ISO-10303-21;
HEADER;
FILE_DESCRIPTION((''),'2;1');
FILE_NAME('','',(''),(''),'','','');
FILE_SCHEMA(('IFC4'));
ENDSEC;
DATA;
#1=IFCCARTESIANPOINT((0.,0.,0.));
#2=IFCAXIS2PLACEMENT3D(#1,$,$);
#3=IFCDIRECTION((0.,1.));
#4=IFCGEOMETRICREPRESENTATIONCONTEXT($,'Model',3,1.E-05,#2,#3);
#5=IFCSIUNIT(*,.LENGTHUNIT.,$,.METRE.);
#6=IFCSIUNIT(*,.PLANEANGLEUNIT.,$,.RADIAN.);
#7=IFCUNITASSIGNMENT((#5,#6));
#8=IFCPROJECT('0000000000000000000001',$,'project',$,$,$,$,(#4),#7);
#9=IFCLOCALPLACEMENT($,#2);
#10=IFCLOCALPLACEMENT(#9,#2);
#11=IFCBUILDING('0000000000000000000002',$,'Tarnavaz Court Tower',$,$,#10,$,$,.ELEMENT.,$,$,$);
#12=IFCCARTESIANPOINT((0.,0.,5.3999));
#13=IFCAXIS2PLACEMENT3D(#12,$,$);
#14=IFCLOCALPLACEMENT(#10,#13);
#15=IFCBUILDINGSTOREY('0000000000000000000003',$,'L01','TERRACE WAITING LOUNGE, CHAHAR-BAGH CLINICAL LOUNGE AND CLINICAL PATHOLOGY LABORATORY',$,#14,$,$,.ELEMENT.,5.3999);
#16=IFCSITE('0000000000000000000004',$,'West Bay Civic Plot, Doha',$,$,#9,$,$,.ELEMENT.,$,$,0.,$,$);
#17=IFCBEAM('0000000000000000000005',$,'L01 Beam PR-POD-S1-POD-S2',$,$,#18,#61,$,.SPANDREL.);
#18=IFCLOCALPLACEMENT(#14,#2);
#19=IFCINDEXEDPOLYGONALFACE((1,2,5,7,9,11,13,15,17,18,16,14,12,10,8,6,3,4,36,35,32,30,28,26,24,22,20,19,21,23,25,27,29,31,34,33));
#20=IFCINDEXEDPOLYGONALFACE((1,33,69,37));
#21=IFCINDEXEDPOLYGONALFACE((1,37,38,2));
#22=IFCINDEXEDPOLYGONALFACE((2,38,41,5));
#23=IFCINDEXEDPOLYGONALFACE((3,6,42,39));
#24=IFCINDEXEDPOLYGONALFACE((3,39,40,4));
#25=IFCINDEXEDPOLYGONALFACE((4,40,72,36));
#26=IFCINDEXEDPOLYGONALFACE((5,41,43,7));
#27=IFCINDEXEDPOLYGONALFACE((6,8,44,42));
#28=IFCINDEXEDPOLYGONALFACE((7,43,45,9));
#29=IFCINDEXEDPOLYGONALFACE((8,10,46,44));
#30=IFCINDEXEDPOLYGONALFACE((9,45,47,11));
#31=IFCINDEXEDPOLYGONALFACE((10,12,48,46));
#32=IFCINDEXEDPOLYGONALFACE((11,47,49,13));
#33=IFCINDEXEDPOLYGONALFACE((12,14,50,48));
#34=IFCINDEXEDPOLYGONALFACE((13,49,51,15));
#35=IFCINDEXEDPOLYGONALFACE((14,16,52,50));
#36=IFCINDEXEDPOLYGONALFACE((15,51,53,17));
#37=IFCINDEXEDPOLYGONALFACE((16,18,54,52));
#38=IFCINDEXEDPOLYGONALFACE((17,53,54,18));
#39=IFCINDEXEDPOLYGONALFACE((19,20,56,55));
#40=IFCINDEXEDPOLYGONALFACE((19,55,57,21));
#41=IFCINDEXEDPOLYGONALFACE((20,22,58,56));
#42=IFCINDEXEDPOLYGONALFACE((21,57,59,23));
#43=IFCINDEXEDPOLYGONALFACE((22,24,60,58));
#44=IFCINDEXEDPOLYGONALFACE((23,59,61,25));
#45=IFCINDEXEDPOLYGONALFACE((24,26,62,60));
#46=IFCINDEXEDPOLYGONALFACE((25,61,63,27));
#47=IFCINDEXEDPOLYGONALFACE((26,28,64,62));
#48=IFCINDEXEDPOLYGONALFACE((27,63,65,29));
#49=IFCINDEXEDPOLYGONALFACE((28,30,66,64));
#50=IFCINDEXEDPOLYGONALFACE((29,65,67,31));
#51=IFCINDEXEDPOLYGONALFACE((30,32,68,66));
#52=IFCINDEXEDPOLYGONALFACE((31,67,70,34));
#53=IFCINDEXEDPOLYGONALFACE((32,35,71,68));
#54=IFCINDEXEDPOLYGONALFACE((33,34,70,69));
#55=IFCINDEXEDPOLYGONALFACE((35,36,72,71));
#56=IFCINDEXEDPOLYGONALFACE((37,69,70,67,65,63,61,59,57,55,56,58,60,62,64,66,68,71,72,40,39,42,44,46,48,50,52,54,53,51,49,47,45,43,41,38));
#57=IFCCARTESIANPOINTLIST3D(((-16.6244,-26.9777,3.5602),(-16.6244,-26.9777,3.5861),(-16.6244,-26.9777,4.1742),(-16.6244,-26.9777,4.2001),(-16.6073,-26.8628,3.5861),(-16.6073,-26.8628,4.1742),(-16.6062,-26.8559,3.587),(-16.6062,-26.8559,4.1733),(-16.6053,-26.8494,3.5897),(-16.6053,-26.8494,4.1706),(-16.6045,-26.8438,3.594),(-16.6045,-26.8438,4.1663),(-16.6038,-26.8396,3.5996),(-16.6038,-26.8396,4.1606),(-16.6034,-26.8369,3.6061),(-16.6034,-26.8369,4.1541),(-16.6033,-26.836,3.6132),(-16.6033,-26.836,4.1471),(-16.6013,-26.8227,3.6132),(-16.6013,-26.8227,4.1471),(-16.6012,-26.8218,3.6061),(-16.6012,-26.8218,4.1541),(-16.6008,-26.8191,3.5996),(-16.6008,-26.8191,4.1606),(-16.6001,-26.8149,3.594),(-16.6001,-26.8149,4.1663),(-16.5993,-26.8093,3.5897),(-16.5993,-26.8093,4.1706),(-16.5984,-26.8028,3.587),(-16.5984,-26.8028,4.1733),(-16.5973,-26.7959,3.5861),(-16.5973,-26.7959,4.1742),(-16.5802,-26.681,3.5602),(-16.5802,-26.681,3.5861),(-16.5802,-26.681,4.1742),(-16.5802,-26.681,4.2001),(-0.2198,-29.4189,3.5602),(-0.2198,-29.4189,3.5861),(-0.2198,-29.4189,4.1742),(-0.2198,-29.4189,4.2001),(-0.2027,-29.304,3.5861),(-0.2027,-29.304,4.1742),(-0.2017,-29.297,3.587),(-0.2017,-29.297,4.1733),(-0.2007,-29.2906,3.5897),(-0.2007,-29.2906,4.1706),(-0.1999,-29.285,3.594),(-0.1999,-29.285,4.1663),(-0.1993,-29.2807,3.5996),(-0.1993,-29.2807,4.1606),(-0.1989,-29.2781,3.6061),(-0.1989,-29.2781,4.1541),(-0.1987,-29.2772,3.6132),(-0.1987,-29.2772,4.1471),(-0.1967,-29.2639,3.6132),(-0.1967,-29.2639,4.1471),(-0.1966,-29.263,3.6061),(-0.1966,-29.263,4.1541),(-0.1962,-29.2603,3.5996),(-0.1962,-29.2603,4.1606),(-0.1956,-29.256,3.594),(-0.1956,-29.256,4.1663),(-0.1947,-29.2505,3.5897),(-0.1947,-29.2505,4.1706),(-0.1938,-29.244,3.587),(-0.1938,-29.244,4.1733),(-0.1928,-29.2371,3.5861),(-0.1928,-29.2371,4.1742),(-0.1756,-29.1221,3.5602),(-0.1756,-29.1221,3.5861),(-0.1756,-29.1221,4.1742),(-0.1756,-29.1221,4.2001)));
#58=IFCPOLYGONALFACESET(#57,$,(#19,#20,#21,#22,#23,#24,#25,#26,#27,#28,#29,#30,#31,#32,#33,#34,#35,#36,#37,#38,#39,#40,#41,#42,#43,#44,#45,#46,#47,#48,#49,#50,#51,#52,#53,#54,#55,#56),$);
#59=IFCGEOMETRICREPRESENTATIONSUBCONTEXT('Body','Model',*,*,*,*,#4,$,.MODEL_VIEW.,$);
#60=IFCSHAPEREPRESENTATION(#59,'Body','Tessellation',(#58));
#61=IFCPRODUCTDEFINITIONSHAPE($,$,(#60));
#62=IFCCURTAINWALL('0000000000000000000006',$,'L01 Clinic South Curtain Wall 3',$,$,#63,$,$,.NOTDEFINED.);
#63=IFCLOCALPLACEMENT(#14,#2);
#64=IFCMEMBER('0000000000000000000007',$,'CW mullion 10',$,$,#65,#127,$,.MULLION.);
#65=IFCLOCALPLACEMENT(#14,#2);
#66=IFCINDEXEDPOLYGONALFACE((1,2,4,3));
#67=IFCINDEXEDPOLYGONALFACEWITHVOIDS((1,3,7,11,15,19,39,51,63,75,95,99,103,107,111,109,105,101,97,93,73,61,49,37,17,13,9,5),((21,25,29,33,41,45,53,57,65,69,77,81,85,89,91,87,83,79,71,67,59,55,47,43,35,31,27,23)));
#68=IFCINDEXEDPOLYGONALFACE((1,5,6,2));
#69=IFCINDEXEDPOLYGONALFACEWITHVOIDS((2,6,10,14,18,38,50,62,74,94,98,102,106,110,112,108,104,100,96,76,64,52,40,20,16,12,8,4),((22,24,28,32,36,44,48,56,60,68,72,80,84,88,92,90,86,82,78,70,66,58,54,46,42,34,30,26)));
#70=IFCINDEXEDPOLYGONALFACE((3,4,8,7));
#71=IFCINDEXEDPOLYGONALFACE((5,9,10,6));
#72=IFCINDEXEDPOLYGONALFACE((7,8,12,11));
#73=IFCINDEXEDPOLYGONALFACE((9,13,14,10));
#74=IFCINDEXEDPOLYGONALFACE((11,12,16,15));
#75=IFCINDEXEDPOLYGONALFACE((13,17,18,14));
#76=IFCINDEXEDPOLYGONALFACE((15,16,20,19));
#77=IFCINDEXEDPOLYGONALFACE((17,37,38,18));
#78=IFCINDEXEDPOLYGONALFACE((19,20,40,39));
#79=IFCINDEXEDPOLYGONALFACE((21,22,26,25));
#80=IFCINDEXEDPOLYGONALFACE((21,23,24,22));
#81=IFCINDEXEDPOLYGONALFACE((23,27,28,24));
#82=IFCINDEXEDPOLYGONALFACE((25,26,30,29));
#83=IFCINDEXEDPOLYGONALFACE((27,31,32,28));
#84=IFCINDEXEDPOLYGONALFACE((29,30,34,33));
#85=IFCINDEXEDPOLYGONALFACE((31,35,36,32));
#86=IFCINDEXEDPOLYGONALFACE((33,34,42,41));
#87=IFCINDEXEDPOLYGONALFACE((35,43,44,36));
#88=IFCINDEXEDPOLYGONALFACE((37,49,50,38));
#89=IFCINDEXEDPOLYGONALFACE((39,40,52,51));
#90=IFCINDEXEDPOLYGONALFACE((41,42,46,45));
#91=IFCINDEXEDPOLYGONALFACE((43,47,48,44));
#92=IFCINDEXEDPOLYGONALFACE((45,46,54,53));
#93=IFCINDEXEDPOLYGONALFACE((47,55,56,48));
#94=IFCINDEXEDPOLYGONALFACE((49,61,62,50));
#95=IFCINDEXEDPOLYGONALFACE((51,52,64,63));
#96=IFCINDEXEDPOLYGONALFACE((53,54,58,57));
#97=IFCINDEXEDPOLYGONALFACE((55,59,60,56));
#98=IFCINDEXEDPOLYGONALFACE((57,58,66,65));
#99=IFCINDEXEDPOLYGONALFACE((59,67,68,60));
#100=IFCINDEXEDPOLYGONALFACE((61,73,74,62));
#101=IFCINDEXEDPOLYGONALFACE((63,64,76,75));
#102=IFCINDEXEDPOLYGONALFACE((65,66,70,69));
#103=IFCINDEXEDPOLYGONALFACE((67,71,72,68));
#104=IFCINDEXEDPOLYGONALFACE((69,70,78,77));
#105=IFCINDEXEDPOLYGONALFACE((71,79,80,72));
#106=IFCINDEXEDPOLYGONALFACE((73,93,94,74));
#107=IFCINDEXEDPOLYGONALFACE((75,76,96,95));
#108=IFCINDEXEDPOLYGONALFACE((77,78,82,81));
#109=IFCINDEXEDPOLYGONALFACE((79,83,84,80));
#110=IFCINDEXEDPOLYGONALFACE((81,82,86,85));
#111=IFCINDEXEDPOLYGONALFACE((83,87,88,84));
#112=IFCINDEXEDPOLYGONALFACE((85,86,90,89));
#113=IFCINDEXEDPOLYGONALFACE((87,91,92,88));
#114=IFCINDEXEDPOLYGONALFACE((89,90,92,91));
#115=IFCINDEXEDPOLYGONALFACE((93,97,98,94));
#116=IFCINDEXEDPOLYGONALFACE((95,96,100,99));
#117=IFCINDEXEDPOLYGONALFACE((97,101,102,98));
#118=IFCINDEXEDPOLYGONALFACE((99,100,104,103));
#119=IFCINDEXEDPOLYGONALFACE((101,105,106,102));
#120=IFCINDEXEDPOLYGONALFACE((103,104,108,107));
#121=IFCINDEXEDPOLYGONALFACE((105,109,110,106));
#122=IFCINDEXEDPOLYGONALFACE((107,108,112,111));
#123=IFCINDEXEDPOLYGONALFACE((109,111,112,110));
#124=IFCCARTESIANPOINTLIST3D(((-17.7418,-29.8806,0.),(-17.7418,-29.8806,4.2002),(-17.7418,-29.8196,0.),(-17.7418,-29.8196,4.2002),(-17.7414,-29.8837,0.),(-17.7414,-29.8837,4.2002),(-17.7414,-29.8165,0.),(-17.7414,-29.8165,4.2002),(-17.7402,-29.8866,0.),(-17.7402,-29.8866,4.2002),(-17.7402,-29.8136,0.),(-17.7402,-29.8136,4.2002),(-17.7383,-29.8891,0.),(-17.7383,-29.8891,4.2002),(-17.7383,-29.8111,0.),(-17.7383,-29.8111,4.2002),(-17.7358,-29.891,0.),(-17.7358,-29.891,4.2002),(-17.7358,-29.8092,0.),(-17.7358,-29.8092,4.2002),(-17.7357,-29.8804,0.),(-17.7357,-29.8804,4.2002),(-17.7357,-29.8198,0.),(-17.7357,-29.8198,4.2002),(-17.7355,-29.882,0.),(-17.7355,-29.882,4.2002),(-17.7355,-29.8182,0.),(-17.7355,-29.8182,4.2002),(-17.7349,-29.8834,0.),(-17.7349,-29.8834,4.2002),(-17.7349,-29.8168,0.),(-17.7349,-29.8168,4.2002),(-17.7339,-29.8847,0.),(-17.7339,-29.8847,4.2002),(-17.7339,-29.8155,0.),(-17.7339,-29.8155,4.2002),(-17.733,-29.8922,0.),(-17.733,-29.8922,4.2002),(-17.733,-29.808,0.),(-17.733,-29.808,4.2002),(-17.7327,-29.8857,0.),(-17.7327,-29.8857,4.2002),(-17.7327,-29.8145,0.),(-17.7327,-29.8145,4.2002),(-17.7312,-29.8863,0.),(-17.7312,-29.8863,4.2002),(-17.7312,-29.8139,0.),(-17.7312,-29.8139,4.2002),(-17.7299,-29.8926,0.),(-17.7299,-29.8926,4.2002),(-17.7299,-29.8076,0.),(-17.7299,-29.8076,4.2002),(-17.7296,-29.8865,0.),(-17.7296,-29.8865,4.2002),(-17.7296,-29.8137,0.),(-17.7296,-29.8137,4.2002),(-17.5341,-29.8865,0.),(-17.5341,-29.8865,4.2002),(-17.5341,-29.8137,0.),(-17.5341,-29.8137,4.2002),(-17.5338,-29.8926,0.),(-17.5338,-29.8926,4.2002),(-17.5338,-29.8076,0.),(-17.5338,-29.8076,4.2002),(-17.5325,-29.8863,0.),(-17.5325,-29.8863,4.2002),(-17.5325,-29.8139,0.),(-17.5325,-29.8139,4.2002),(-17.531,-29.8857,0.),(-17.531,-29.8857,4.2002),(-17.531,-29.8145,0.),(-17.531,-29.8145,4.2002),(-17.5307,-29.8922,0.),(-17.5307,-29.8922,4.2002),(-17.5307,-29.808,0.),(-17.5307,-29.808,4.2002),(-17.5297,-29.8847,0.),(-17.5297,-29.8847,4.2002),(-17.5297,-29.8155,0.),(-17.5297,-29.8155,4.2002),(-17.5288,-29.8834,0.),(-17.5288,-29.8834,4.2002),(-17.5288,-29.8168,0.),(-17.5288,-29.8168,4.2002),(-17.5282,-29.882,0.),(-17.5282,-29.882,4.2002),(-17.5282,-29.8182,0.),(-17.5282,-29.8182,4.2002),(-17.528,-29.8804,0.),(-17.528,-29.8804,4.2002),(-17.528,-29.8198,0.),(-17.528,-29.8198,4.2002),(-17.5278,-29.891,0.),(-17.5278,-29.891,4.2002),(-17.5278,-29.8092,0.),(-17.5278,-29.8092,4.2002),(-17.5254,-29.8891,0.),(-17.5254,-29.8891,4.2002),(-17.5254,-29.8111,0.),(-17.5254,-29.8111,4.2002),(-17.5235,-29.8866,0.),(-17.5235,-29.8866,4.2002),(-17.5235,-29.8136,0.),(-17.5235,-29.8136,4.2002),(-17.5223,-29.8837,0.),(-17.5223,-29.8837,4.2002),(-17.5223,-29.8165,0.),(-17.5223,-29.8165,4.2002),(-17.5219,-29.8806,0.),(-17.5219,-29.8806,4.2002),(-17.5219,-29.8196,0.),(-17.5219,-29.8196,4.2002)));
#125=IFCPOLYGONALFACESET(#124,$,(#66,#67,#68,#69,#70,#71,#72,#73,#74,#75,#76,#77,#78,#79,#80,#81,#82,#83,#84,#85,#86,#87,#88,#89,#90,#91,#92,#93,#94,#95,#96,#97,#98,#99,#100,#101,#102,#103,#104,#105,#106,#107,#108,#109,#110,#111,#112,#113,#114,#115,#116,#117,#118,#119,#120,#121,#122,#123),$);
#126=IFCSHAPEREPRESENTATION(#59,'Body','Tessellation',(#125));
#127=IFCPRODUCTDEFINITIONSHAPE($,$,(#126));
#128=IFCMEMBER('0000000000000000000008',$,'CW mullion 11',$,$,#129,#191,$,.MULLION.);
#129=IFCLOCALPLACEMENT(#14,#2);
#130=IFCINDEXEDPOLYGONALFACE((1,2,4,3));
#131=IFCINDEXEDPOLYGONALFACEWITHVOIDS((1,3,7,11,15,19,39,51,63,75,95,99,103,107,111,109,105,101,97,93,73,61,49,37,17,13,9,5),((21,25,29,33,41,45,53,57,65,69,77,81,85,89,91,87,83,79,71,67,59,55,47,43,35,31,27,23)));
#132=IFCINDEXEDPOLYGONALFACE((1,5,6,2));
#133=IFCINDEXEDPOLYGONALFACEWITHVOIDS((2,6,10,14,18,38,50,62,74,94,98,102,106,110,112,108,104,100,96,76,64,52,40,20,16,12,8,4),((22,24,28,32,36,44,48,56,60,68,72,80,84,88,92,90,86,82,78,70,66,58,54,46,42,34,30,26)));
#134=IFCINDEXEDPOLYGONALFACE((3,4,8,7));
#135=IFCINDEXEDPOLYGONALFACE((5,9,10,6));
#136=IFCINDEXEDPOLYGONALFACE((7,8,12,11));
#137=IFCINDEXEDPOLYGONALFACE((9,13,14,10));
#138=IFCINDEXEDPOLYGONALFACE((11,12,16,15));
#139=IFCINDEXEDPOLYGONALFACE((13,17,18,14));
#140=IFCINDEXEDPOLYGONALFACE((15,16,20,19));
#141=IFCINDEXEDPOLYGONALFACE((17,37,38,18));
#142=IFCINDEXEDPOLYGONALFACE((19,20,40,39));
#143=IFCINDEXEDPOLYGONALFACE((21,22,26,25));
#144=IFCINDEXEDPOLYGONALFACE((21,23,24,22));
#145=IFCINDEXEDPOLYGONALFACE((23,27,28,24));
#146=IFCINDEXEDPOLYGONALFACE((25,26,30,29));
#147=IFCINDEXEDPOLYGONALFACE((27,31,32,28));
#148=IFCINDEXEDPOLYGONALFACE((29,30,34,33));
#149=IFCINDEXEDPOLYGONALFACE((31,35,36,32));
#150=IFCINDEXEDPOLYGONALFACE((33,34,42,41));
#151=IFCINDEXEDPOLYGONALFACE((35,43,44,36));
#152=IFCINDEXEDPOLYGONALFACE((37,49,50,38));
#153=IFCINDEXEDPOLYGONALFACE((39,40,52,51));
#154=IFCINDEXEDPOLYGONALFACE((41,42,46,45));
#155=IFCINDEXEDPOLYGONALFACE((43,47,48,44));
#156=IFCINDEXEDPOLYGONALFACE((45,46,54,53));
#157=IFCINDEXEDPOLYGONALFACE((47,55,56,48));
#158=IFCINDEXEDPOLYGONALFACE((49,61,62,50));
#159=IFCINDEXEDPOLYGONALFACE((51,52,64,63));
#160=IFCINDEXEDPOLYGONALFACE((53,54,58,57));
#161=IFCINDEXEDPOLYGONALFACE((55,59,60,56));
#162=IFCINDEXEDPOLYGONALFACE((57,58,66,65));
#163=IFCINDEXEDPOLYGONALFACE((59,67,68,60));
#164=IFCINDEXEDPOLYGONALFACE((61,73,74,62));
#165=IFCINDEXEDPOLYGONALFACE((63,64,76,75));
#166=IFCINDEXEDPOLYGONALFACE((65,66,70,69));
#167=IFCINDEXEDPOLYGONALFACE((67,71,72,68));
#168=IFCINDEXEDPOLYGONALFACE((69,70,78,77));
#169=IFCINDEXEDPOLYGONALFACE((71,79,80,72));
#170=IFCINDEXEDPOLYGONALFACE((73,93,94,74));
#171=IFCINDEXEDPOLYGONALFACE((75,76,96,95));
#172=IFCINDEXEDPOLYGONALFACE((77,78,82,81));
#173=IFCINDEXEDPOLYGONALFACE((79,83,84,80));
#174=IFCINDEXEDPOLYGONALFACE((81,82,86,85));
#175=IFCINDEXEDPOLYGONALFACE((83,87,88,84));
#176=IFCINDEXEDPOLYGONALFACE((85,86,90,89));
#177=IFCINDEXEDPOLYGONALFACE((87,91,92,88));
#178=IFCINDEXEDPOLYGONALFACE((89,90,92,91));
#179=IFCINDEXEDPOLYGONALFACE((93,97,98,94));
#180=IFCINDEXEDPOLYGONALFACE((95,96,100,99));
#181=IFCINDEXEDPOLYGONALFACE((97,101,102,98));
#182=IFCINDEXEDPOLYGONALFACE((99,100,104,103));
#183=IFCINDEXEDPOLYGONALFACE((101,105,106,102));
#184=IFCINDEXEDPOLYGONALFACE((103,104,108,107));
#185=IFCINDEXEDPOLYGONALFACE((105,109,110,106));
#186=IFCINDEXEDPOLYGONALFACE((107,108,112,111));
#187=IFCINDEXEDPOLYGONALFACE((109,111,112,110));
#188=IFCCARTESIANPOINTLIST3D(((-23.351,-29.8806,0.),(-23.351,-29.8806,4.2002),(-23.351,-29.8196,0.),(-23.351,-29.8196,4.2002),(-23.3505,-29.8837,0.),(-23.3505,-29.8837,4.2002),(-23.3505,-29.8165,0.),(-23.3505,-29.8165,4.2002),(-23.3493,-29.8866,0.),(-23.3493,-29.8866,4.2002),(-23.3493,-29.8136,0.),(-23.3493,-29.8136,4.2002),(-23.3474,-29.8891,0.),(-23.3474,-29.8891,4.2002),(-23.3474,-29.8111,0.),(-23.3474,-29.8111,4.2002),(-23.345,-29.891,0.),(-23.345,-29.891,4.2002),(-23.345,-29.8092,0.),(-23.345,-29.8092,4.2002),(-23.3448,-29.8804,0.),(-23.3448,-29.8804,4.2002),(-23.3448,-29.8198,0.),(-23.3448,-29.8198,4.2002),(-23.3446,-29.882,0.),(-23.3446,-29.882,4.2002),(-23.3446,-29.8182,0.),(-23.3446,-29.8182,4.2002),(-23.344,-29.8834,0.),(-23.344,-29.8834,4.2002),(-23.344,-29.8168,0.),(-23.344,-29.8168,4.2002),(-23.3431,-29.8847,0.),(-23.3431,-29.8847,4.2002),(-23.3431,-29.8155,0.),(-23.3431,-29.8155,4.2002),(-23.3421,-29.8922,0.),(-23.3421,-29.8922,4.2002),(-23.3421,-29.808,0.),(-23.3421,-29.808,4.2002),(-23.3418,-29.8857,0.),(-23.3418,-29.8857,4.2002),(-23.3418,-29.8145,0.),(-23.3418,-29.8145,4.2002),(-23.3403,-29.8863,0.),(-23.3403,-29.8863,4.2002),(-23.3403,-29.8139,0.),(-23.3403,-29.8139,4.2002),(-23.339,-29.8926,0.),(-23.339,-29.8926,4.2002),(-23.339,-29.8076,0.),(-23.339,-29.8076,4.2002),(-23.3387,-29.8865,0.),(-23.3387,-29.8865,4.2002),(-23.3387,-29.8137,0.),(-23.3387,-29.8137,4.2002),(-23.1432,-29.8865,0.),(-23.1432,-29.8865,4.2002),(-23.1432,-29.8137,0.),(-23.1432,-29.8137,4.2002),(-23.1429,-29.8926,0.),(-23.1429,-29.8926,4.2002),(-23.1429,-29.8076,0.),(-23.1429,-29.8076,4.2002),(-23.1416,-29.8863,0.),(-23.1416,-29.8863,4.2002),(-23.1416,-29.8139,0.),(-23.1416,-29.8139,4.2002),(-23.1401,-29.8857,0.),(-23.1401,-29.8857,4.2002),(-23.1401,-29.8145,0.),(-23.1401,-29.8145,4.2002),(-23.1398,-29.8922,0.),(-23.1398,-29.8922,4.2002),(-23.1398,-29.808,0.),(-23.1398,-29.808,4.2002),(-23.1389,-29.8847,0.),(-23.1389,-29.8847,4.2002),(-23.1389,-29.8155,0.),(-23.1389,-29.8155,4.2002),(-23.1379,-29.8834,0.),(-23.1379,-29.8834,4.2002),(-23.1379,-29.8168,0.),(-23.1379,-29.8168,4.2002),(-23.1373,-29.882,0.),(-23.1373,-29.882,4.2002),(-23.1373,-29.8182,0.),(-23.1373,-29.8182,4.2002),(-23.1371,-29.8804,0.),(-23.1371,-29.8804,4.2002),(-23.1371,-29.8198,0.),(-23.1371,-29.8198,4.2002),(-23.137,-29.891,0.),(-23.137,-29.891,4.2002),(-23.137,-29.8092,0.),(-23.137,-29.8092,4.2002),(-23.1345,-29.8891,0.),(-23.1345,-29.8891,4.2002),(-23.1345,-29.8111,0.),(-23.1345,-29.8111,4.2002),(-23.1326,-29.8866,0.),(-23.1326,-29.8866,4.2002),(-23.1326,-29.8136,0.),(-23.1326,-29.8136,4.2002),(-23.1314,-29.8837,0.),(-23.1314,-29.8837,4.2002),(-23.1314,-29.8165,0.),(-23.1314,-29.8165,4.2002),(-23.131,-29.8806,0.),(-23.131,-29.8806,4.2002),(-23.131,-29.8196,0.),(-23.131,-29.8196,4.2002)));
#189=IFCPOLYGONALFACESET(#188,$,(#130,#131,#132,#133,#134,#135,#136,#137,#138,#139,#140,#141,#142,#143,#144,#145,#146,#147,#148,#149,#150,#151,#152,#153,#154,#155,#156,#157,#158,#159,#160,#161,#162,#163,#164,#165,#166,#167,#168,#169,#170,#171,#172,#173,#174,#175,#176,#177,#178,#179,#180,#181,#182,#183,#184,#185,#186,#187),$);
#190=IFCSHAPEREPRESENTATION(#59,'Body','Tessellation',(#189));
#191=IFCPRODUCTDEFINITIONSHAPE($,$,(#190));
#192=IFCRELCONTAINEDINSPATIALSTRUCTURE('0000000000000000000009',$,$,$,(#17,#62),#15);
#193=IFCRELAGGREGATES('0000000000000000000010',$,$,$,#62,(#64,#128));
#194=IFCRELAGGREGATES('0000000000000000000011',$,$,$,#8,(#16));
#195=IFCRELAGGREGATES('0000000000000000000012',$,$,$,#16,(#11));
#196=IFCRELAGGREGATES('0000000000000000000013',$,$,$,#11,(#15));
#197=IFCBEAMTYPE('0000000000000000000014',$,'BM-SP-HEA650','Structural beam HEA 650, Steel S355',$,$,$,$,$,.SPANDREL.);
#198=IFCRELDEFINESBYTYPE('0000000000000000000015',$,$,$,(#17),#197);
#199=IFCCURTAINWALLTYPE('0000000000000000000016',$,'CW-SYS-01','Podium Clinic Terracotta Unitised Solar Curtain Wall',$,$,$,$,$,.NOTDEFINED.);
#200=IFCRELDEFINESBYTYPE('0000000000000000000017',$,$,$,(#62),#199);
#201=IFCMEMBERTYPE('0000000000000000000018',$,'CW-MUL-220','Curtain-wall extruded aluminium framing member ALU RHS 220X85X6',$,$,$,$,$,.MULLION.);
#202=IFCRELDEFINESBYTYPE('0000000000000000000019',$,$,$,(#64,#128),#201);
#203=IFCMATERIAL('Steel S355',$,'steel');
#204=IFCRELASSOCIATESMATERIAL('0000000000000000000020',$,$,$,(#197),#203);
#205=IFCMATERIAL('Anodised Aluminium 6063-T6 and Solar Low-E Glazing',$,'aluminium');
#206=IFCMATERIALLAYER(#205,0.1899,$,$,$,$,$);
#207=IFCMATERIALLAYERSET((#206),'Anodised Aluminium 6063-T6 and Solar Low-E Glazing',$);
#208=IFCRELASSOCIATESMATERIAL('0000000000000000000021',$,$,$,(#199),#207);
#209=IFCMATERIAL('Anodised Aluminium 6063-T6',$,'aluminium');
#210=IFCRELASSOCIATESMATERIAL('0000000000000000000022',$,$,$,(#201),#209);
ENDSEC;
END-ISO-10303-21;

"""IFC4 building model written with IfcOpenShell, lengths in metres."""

from ifc_helpers import new_model, si_unit, direction, frame, origin, origin_2d, place, context, subcontext, project, spatial, hollow_rectangle, i_section, extrude, material, layer, layer_set, material_profile, profile_set, type_object, element, aggregate, save


model = new_model("IFC4")

# Units and contexts
model_context = context("Model", 3, precision=1e-05, world=origin(), true_north=direction((0.0, 1.0)))
body_context = subcontext(model_context, "Body", "Model", "MODEL_VIEW")
ifc_project = project(units=[si_unit("LENGTHUNIT", "METRE"), si_unit("PLANEANGLEUNIT", "RADIAN")], contexts=[model_context])

# Site, building, storey
site_placement = place(None, origin())
site = spatial("IfcSite", under=ifc_project, at=site_placement, Name="West Bay Civic Plot, Doha", CompositionType="ELEMENT", RefElevation=0.0)
building_placement = place(site_placement, origin())
building = spatial("IfcBuilding", under=site, at=building_placement, Name="Tarnavaz Court Tower", CompositionType="ELEMENT")
storey_placement = place(building_placement, frame((0.0, 0.0, 5.3999)))
storey = spatial("IfcBuildingStorey", under=building, at=storey_placement, Name="L01", Description="TERRACE WAITING LOUNGE, CHAHAR-BAGH CLINICAL LOUNGE AND CLINICAL PATHOLOGY LABORATORY", CompositionType="ELEMENT", Elevation=5.3999)

# Beam
ifc_material_1 = material(Name="Steel S355", Category="steel")
ifc_material_profile_1 = material_profile(ifc_material_1, i_section(OverallWidth=0.3, OverallDepth=0.6399, WebThickness=0.0134, FlangeThickness=0.0259, FilletRadius=0.0271, at=origin_2d()), Name="HEA 650")
ifc_profile_set_1 = profile_set([ifc_material_profile_1], Name="Steel S355")
beam_type_1 = type_object("IfcBeamType", Name="BM-SP-HEA650", Description="Structural beam HEA 650, Steel S355", PredefinedType="SPANDREL", material=ifc_profile_set_1)
beam_1_placement = place(storey_placement, frame((-16.6023, -26.8293, 3.8801), z_axis=(0.989108, -0.147189, 0.0), x_axis=(0.147189, 0.989108, 0.0)))
element("IfcBeam", 1, at=beam_1_placement, inside=storey, type_object=beam_type_1, Name="L01 Beam PR-POD-S1-POD-S2", PredefinedType="SPANDREL", context=body_context, shape_type="SweptSolid", body=[
    extrude(i_section(OverallWidth=0.3, OverallDepth=0.6399, WebThickness=0.0134, FlangeThickness=0.0259, FilletRadius=0.0271, at=origin_2d()), origin(), (0.0, 0.0, 1.0), 16.5852),
])

# Curtain wall, members
ifc_material_2 = material(Name="Anodised Aluminium 6063-T6 and Solar Low-E Glazing", Category="aluminium")
ifc_layer_1 = layer(ifc_material_2, 0.1899)
ifc_layer_set_1 = layer_set([ifc_layer_1], Name="Anodised Aluminium 6063-T6 and Solar Low-E Glazing")
curtain_wall_type = type_object("IfcCurtainWallType", Name="CW-SYS-01", Description="Podium Clinic Terracotta Unitised Solar Curtain Wall", PredefinedType="NOTDEFINED", material=ifc_layer_set_1)
curtain_wall_placement = place(storey_placement, origin())
curtain_wall = element("IfcCurtainWall", 2, at=curtain_wall_placement, inside=storey, type_object=curtain_wall_type, Name="L01 Clinic South Curtain Wall 3", PredefinedType="NOTDEFINED")
ifc_material_3 = material(Name="Anodised Aluminium 6063-T6", Category="aluminium")
ifc_material_profile_2 = material_profile(ifc_material_3, hollow_rectangle(XDim=0.085, YDim=0.22, WallThickness=0.0061, InnerFilletRadius=0.0061, OuterFilletRadius=0.012, at=origin_2d()), Name="ALU RHS 220X85X6")
ifc_profile_set_2 = profile_set([ifc_material_profile_2], Name="Anodised Aluminium 6063-T6")
member_type_1 = type_object("IfcMemberType", Name="CW-MUL-220", Description="Curtain-wall extruded aluminium framing member ALU RHS 220X85X6", PredefinedType="MULLION", material=ifc_profile_set_2)
member_1_placement = place(storey_placement, frame((-17.6318, -29.8501, 0.0), z_axis=(0.0, 0.0, 1.0), x_axis=(0.0, -1.0, 0.0)))
member_1 = element("IfcMember", 3, at=member_1_placement, type_object=member_type_1, Name="CW mullion 10", PredefinedType="MULLION", context=body_context, shape_type="SweptSolid", body=[
    extrude(hollow_rectangle(XDim=0.085, YDim=0.22, WallThickness=0.0061, InnerFilletRadius=0.0061, OuterFilletRadius=0.012, at=origin_2d()), origin(), (0.0, 0.0, 1.0), 4.2002),
])
member_2_placement = place(storey_placement, frame((-23.241, -29.8501, 0.0), z_axis=(0.0, 0.0, 1.0), x_axis=(0.0, -1.0, 0.0)))
member_2 = element("IfcMember", 4, at=member_2_placement, type_object=member_type_1, Name="CW mullion 11", PredefinedType="MULLION", context=body_context, shape_type="SweptSolid", body=[
    extrude(hollow_rectangle(XDim=0.085, YDim=0.22, WallThickness=0.0061, InnerFilletRadius=0.0061, OuterFilletRadius=0.012, at=origin_2d()), origin(), (0.0, 0.0, 1.0), 4.2002),
])
aggregate(curtain_wall, [member_1, member_2])

save(model, "model.ifc")
